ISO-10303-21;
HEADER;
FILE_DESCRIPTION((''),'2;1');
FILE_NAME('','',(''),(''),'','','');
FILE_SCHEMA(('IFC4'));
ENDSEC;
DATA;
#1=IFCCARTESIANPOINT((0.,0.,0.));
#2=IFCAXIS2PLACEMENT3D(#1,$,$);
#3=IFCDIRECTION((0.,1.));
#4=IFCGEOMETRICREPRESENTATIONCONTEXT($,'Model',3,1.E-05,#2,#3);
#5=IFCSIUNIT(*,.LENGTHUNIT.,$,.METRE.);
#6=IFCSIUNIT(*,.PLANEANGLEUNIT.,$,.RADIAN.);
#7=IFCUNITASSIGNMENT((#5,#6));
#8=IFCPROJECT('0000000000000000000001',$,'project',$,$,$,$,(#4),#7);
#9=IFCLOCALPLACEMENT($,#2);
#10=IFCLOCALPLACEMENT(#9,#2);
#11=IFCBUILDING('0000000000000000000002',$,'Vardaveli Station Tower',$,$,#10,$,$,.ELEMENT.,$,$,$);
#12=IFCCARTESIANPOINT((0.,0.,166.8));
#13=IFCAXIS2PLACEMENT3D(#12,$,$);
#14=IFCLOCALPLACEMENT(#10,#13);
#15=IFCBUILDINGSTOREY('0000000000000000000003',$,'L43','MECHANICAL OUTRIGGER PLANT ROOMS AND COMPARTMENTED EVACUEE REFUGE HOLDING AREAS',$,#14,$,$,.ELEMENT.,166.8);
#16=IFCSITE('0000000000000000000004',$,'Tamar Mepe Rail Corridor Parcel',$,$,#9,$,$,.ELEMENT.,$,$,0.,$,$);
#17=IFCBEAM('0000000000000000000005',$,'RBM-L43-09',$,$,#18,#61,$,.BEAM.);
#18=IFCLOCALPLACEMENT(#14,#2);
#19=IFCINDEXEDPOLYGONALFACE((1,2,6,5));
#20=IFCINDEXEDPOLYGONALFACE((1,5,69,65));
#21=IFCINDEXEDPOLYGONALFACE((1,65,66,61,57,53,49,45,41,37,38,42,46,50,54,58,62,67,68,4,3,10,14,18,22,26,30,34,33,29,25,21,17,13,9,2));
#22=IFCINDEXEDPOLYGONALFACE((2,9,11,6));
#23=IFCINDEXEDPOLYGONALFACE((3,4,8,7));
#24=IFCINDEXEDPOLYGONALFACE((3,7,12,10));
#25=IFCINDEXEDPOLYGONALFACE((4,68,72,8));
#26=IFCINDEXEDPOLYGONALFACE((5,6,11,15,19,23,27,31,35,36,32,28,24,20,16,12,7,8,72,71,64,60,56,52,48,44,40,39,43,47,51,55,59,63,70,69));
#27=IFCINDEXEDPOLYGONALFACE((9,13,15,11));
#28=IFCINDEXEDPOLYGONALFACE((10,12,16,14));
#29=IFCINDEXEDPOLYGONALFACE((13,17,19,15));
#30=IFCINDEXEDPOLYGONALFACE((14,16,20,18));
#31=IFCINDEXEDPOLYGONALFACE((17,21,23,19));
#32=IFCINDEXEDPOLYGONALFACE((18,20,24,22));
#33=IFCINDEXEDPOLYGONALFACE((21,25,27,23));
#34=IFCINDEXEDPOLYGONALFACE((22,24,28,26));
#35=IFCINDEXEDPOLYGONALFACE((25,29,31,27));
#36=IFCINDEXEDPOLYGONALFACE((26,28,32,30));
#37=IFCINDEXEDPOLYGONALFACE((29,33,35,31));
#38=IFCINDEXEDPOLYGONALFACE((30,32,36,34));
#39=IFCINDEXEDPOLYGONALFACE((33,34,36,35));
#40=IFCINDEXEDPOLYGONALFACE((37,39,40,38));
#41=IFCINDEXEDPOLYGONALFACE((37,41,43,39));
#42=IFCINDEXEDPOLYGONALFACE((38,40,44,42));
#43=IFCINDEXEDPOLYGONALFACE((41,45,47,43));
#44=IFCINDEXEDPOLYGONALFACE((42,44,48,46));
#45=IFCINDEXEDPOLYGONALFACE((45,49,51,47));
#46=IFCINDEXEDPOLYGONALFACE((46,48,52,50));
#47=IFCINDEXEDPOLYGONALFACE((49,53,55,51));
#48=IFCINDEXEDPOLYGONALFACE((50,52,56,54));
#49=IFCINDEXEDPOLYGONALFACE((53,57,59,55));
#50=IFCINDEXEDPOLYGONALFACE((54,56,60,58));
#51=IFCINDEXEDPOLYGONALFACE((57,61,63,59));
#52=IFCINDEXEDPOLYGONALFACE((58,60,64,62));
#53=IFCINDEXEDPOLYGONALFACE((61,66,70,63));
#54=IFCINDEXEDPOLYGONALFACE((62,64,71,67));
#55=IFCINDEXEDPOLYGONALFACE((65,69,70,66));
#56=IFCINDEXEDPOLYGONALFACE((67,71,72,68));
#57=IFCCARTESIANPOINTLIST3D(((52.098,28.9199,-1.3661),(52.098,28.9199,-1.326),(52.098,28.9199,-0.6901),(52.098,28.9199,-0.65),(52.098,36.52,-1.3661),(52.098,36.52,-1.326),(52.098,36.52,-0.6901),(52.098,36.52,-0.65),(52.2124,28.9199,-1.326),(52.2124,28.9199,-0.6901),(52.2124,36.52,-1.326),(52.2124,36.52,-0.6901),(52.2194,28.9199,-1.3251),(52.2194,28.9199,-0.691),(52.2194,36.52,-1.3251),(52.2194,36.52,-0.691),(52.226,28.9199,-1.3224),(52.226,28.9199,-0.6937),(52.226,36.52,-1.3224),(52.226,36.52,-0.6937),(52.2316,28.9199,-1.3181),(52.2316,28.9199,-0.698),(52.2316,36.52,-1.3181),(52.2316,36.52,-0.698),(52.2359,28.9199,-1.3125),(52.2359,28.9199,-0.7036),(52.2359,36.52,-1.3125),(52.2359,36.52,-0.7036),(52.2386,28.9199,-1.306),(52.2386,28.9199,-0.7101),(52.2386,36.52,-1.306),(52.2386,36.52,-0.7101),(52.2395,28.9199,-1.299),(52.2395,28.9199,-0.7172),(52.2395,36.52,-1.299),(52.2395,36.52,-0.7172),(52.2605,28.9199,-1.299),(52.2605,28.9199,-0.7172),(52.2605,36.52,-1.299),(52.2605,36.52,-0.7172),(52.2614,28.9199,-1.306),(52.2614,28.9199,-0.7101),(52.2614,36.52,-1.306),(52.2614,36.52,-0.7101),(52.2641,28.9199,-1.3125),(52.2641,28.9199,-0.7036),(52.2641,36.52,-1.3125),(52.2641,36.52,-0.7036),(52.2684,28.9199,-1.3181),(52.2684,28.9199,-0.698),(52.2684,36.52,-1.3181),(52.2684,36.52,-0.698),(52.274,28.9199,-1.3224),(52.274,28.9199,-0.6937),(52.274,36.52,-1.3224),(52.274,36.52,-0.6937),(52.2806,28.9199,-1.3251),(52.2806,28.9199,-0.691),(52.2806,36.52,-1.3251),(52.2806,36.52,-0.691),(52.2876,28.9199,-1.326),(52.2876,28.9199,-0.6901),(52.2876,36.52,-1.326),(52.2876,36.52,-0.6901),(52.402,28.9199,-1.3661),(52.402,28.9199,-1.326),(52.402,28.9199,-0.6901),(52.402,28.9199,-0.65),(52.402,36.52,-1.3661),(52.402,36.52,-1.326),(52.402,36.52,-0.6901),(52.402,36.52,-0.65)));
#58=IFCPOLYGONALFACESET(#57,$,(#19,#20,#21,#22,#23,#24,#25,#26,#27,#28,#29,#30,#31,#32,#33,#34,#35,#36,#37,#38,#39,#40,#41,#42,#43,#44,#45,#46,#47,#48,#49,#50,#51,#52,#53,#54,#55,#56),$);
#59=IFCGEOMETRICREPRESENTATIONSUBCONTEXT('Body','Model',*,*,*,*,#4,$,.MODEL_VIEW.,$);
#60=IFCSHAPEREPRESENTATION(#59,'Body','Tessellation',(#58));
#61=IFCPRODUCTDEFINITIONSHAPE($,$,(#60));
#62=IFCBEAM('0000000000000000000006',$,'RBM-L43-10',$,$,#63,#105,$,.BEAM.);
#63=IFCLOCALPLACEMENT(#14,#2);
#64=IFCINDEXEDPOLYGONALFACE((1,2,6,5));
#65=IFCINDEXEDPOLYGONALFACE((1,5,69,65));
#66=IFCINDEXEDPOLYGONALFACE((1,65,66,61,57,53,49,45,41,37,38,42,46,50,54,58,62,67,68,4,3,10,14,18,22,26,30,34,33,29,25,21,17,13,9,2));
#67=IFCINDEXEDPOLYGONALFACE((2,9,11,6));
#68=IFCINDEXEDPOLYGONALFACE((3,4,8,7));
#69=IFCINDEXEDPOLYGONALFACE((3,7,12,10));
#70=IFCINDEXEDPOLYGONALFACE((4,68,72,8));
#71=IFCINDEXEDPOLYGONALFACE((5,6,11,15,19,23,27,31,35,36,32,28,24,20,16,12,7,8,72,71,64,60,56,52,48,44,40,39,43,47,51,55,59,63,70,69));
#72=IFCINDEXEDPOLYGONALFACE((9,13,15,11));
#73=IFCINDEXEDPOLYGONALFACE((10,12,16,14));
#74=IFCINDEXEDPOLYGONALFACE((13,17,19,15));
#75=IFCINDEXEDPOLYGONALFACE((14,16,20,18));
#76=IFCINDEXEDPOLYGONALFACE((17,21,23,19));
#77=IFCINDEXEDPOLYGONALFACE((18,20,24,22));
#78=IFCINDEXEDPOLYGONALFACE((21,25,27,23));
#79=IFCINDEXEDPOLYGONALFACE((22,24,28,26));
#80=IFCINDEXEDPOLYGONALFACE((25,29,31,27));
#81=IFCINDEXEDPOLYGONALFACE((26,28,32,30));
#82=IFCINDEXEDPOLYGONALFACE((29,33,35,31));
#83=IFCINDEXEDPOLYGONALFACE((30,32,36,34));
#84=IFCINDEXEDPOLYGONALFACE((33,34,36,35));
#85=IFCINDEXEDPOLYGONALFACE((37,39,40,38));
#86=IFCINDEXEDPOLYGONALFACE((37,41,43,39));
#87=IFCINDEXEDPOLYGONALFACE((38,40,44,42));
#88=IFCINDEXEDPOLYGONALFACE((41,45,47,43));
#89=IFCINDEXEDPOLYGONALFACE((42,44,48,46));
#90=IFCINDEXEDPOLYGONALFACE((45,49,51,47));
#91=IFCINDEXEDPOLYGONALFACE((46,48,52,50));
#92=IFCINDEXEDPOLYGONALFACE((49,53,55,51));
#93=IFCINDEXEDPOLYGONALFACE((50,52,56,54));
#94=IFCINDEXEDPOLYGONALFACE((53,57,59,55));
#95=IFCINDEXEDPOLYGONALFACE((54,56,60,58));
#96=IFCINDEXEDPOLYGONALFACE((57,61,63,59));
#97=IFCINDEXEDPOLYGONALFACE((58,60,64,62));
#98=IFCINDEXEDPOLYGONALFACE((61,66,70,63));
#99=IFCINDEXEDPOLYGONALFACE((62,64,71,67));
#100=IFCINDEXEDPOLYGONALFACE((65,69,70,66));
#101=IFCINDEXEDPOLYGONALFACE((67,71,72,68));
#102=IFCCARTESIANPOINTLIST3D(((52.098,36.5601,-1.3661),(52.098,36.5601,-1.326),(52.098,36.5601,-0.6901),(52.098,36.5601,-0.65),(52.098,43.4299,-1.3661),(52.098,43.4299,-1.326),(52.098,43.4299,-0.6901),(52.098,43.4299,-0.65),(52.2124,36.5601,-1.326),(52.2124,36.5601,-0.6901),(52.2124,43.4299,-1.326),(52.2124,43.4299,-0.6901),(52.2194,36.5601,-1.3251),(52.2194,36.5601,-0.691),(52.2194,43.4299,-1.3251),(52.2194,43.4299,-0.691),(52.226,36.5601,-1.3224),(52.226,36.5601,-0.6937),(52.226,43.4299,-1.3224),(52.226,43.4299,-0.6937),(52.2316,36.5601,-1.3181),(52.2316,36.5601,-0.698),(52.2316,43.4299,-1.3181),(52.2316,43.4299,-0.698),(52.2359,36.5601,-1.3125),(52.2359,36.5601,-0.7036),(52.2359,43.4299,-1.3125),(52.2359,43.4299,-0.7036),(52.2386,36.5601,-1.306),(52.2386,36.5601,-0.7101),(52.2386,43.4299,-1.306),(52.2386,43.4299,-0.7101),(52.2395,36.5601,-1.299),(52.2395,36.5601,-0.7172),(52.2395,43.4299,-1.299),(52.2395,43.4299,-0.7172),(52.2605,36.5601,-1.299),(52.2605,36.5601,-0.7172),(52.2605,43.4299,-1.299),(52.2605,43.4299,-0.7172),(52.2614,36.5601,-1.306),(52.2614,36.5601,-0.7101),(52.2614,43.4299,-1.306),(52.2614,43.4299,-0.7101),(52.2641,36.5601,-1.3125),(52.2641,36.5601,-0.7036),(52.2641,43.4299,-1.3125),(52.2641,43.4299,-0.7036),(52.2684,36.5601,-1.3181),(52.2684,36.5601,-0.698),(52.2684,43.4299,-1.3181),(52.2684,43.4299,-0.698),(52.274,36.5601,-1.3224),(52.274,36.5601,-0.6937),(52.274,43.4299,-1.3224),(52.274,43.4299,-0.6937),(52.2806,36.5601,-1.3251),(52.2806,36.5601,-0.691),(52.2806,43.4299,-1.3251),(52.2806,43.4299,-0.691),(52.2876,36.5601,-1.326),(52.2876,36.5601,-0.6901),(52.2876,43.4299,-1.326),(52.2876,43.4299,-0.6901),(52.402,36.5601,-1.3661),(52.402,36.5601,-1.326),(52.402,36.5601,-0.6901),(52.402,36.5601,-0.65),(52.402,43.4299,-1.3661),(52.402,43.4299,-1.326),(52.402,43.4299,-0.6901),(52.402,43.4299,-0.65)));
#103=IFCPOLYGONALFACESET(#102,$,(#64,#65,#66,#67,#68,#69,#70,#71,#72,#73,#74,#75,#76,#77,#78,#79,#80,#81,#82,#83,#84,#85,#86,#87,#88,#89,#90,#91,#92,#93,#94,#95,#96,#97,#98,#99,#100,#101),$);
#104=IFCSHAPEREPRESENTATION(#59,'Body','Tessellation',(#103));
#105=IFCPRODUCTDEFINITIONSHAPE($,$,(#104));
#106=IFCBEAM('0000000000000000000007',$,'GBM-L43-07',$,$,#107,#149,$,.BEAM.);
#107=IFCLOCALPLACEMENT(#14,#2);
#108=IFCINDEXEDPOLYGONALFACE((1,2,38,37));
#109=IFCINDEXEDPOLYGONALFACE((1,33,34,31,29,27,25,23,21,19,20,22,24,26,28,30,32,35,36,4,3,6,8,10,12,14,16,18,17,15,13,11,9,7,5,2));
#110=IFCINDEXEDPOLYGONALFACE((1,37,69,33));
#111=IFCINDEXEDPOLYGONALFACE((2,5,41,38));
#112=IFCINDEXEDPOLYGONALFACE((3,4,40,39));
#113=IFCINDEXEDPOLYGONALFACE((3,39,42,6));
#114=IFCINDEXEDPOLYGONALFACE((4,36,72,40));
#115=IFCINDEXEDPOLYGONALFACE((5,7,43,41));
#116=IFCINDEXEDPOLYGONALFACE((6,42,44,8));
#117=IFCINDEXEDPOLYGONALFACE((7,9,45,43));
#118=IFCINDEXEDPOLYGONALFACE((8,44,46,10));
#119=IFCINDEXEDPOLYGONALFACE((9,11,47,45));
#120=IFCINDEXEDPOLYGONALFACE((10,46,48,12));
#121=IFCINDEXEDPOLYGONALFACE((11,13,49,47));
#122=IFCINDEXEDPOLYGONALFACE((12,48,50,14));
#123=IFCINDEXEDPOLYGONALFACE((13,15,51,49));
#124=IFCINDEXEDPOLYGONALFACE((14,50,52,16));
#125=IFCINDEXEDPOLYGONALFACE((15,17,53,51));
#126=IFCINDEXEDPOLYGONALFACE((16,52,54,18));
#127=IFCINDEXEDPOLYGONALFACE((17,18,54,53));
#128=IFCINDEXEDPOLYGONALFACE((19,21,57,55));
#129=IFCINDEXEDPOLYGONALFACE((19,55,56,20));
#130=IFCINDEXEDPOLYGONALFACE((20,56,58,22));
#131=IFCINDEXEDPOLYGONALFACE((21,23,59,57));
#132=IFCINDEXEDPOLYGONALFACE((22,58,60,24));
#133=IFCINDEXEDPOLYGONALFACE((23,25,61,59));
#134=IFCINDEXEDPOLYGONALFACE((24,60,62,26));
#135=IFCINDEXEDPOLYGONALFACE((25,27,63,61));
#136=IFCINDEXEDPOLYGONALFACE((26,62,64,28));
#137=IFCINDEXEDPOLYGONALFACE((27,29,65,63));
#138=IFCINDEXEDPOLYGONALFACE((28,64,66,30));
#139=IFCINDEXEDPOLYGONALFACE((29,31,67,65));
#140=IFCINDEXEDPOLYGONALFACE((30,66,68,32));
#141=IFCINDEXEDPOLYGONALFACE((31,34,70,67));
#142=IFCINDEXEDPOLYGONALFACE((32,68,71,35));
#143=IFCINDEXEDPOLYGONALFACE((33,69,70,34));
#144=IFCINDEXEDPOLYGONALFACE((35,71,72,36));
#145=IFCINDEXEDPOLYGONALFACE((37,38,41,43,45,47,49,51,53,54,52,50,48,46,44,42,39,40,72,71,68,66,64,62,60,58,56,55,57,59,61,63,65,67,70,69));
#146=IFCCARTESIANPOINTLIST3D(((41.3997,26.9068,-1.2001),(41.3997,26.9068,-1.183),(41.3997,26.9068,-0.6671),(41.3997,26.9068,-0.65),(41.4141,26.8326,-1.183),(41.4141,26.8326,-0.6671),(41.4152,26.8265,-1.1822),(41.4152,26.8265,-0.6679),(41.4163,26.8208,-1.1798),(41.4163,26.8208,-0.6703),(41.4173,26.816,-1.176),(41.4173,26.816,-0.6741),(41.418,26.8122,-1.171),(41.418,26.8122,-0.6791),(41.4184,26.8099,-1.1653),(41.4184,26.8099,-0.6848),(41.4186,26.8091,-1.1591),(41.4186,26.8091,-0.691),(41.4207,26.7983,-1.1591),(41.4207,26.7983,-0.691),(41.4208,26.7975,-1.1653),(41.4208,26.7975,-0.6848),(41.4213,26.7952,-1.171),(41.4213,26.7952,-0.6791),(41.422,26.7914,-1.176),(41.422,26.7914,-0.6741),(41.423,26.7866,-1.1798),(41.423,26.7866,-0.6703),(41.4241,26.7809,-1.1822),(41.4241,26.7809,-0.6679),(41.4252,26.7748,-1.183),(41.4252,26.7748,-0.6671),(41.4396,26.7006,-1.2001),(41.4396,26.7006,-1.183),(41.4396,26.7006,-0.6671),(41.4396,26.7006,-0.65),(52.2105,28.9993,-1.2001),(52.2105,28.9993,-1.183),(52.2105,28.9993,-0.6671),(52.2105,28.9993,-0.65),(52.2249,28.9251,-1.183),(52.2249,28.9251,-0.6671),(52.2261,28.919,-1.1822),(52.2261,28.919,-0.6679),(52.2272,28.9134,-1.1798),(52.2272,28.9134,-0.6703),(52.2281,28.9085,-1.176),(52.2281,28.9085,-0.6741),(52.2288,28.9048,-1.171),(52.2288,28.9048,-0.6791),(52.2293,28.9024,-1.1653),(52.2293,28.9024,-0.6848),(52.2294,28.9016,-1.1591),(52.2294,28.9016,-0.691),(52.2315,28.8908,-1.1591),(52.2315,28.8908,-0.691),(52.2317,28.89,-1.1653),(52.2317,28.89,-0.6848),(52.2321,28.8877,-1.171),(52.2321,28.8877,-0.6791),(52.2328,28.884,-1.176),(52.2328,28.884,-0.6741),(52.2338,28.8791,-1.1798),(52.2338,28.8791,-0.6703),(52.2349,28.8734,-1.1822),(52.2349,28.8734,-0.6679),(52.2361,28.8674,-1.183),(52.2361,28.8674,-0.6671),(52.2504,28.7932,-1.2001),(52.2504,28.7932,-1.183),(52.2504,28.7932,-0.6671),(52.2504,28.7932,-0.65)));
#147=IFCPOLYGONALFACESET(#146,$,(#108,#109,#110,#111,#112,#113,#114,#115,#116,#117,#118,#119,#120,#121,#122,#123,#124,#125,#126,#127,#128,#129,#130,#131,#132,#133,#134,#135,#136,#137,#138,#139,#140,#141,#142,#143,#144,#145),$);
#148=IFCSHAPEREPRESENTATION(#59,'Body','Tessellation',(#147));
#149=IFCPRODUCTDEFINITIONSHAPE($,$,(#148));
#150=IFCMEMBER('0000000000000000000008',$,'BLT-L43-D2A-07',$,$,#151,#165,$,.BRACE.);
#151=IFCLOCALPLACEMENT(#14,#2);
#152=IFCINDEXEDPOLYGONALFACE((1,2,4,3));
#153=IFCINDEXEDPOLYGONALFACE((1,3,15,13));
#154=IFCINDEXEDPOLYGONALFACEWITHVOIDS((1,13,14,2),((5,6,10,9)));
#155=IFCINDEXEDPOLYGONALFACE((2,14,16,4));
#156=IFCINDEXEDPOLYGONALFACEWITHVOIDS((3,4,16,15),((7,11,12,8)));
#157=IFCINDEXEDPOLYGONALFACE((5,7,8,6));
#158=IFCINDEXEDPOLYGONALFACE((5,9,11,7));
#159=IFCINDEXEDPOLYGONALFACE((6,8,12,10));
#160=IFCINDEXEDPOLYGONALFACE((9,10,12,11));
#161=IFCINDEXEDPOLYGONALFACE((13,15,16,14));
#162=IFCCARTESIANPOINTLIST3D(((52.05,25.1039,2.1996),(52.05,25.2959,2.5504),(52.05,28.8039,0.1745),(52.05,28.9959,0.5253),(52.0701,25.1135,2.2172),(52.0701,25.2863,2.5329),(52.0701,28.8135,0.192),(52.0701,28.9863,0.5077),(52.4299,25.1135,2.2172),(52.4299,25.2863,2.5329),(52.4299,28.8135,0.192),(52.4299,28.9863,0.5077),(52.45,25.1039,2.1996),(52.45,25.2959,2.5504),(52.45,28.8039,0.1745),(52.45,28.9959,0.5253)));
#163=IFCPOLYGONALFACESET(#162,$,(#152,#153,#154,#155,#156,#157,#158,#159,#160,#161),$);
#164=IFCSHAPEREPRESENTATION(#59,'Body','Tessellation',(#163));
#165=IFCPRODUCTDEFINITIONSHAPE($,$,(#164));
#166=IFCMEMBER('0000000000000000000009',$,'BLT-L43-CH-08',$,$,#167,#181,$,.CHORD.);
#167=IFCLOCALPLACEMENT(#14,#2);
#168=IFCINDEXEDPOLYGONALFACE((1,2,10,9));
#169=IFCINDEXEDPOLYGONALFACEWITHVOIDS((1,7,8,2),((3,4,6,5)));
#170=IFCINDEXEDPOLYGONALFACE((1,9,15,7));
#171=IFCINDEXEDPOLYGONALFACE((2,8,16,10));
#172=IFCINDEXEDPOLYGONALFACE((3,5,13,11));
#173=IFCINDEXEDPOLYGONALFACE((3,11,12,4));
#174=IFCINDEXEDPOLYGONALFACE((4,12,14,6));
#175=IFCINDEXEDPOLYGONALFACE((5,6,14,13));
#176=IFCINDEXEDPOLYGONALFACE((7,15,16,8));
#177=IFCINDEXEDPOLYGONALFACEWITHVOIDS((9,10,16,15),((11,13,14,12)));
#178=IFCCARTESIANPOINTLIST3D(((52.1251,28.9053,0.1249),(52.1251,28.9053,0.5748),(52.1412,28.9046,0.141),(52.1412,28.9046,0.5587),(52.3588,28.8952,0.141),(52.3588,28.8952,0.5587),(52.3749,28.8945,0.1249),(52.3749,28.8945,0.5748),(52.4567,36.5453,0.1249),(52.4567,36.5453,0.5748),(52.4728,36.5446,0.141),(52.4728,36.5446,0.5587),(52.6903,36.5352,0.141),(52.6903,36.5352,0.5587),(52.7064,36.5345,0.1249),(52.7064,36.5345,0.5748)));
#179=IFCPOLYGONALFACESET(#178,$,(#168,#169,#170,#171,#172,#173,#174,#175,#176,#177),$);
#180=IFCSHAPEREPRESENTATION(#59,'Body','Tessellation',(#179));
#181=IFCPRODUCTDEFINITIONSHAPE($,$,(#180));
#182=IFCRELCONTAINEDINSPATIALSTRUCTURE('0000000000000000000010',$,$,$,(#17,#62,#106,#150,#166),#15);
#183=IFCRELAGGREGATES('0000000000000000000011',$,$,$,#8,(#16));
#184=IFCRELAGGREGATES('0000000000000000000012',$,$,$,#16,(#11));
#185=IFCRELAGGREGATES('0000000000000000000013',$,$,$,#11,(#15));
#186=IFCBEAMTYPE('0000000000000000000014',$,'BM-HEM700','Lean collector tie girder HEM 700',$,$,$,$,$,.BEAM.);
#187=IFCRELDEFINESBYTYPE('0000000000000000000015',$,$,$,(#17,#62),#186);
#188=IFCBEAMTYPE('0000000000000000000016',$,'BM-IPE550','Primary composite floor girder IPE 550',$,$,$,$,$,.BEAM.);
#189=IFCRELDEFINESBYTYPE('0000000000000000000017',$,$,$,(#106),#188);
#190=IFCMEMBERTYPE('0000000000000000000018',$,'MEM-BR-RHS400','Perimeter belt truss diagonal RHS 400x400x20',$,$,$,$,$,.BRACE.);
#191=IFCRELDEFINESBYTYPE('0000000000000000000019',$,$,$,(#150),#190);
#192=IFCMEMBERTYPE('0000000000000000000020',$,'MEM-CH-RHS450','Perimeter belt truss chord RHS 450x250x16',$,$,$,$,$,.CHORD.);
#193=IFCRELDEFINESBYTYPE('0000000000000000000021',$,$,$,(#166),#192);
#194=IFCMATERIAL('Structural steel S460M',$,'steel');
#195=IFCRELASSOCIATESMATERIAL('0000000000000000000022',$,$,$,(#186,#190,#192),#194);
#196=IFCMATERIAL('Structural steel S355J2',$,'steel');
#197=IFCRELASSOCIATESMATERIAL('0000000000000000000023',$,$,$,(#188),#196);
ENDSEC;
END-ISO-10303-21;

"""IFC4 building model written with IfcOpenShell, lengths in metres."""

from ifc_helpers import new_model, si_unit, direction, frame, origin, origin_2d, place, context, subcontext, project, spatial, hollow_rectangle, i_section, extrude, source, transform, mapped, material, material_profile, profile_set, type_object, element, save


model = new_model("IFC4")

# Units and contexts
model_context = context("Model", 3, precision=1e-05, world=origin(), true_north=direction((0.0, 1.0)))
body_context = subcontext(model_context, "Body", "Model", "MODEL_VIEW")
ifc_project = project(units=[si_unit("LENGTHUNIT", "METRE"), si_unit("PLANEANGLEUNIT", "RADIAN")], contexts=[model_context])

# Site, building, storey
site_placement = place(None, origin())
site = spatial("IfcSite", under=ifc_project, at=site_placement, Name="Tamar Mepe Rail Corridor Parcel", CompositionType="ELEMENT", RefElevation=0.0)
building_placement = place(site_placement, origin())
building = spatial("IfcBuilding", under=site, at=building_placement, Name="Vardaveli Station Tower", CompositionType="ELEMENT")
storey_placement = place(building_placement, frame((0.0, 0.0, 166.8)))
storey = spatial("IfcBuildingStorey", under=building, at=storey_placement, Name="L43", Description="MECHANICAL OUTRIGGER PLANT ROOMS AND COMPARTMENTED EVACUEE REFUGE HOLDING AREAS", CompositionType="ELEMENT", Elevation=166.8)

# Shared definitions
ifc_material_1 = material(Name="Structural steel S460M", Category="steel")

# Beams
ifc_material_profile_1 = material_profile(ifc_material_1, i_section(OverallWidth=0.304, OverallDepth=0.7161, WebThickness=0.021, FlangeThickness=0.04, FilletRadius=0.0271, at=origin_2d()), Name="HEM 700")
ifc_profile_set_1 = profile_set([ifc_material_profile_1], Name="Structural steel S460M")
beam_type_1 = type_object("IfcBeamType", Name="BM-HEM700", Description="Lean collector tie girder HEM 700", PredefinedType="BEAM", material=ifc_profile_set_1)
shared_shape_1 = source(origin(), body_context, "Body", "SweptSolid", [
    extrude(i_section(OverallWidth=0.304, OverallDepth=0.7161, WebThickness=0.021, FlangeThickness=0.04, FilletRadius=0.0271, at=origin_2d()), origin(), (0.0, 0.0, 1.0), 7.6001),
])
beam_1_placement = place(storey_placement, frame((52.25, 28.9199, -1.0081), z_axis=(0.0, 1.0, 0.0), x_axis=(-1.0, 0.0, 0.0)))
element("IfcBeam", 1, at=beam_1_placement, inside=storey, type_object=beam_type_1, Name="RBM-L43-09", PredefinedType="BEAM", context=body_context, shape_type="MappedRepresentation", body=[
    mapped(shared_shape_1, transform((0.0, 0.0, 0.0), scale=1.0)),
])
shared_shape_2 = source(origin(), body_context, "Body", "SweptSolid", [
    extrude(i_section(OverallWidth=0.304, OverallDepth=0.7161, WebThickness=0.021, FlangeThickness=0.04, FilletRadius=0.0271, at=origin_2d()), origin(), (0.0, 0.0, 1.0), 6.8699),
])
beam_2_placement = place(storey_placement, frame((52.25, 36.5601, -1.0081), z_axis=(0.0, 1.0, 0.0), x_axis=(-1.0, 0.0, 0.0)))
element("IfcBeam", 2, at=beam_2_placement, inside=storey, type_object=beam_type_1, Name="RBM-L43-10", PredefinedType="BEAM", context=body_context, shape_type="MappedRepresentation", body=[
    mapped(shared_shape_2, transform((0.0, 0.0, 0.0), scale=1.0)),
])
ifc_material_2 = material(Name="Structural steel S355J2", Category="steel")
ifc_material_profile_2 = material_profile(ifc_material_2, i_section(OverallWidth=0.21, OverallDepth=0.55, WebThickness=0.011, FlangeThickness=0.0171, FilletRadius=0.0239, at=origin_2d()), Name="IPE 550")
ifc_profile_set_2 = profile_set([ifc_material_profile_2], Name="Structural steel S355J2")
beam_type_2 = type_object("IfcBeamType", Name="BM-IPE550", Description="Primary composite floor girder IPE 550", PredefinedType="BEAM", material=ifc_profile_set_2)
shared_shape_3 = source(origin(), body_context, "Body", "SweptSolid", [
    extrude(i_section(OverallWidth=0.21, OverallDepth=0.55, WebThickness=0.011, FlangeThickness=0.0171, FilletRadius=0.0239, at=origin_2d()), origin(), (0.0, 0.0, 1.0), 11.0115),
])
beam_3_placement = place(storey_placement, frame((52.2305, 28.8962, -0.925), z_axis=(-0.981778, -0.190032, 0.0), x_axis=(0.190032, -0.981778, 0.0)))
element("IfcBeam", 3, at=beam_3_placement, inside=storey, type_object=beam_type_2, Name="GBM-L43-07", PredefinedType="BEAM", context=body_context, shape_type="MappedRepresentation", body=[
    mapped(shared_shape_3, transform((0.0, 0.0, 0.0), scale=1.0)),
])

# Members
ifc_material_profile_3 = material_profile(ifc_material_1, hollow_rectangle(XDim=0.3999, YDim=0.3999, WallThickness=0.02, at=origin_2d()), Name="RHS 400x400x20")
ifc_profile_set_3 = profile_set([ifc_material_profile_3], Name="Structural steel S460M")
member_type_1 = type_object("IfcMemberType", Name="MEM-BR-RHS400", Description="Perimeter belt truss diagonal RHS 400x400x20", PredefinedType="BRACE", material=ifc_profile_set_3)
shared_shape_4 = source(origin(), body_context, "Body", "SweptSolid", [
    extrude(hollow_rectangle(XDim=0.3999, YDim=0.3999, WallThickness=0.02, at=origin_2d()), origin(), (0.0, 0.0, 1.0), 4.218),
])
member_1_placement = place(storey_placement, frame((52.25, 28.8999, 0.3499), z_axis=(0.0, -0.877198, 0.480129), x_axis=(1.0, 0.0, 0.0)))
element("IfcMember", 4, at=member_1_placement, inside=storey, type_object=member_type_1, Name="BLT-L43-D2A-07", PredefinedType="BRACE", context=body_context, shape_type="MappedRepresentation", body=[
    mapped(shared_shape_4, transform((0.0, 0.0, 0.0), scale=1.0)),
])
ifc_material_profile_4 = material_profile(ifc_material_1, hollow_rectangle(XDim=0.25, YDim=0.45, WallThickness=0.0161, at=origin_2d()), Name="RHS 450x250x16")
ifc_profile_set_4 = profile_set([ifc_material_profile_4], Name="Structural steel S460M")
member_type_2 = type_object("IfcMemberType", Name="MEM-CH-RHS450", Description="Perimeter belt truss chord RHS 450x250x16", PredefinedType="CHORD", material=ifc_profile_set_4)
shared_shape_5 = source(origin(), body_context, "Body", "SweptSolid", [
    extrude(hollow_rectangle(XDim=0.25, YDim=0.45, WallThickness=0.0161, at=origin_2d()), origin(), (0.0, 0.0, 1.0), 7.6472),
])
member_2_placement = place(storey_placement, frame((52.25, 28.8999, 0.3499), z_axis=(0.043354, 0.99906, 0.0), x_axis=(-0.99906, 0.043354, 0.0)))
element("IfcMember", 5, at=member_2_placement, inside=storey, type_object=member_type_2, Name="BLT-L43-CH-08", PredefinedType="CHORD", context=body_context, shape_type="MappedRepresentation", body=[
    mapped(shared_shape_5, transform((0.0, 0.0, 0.0), scale=1.0)),
])

save(model, "model.ifc")
